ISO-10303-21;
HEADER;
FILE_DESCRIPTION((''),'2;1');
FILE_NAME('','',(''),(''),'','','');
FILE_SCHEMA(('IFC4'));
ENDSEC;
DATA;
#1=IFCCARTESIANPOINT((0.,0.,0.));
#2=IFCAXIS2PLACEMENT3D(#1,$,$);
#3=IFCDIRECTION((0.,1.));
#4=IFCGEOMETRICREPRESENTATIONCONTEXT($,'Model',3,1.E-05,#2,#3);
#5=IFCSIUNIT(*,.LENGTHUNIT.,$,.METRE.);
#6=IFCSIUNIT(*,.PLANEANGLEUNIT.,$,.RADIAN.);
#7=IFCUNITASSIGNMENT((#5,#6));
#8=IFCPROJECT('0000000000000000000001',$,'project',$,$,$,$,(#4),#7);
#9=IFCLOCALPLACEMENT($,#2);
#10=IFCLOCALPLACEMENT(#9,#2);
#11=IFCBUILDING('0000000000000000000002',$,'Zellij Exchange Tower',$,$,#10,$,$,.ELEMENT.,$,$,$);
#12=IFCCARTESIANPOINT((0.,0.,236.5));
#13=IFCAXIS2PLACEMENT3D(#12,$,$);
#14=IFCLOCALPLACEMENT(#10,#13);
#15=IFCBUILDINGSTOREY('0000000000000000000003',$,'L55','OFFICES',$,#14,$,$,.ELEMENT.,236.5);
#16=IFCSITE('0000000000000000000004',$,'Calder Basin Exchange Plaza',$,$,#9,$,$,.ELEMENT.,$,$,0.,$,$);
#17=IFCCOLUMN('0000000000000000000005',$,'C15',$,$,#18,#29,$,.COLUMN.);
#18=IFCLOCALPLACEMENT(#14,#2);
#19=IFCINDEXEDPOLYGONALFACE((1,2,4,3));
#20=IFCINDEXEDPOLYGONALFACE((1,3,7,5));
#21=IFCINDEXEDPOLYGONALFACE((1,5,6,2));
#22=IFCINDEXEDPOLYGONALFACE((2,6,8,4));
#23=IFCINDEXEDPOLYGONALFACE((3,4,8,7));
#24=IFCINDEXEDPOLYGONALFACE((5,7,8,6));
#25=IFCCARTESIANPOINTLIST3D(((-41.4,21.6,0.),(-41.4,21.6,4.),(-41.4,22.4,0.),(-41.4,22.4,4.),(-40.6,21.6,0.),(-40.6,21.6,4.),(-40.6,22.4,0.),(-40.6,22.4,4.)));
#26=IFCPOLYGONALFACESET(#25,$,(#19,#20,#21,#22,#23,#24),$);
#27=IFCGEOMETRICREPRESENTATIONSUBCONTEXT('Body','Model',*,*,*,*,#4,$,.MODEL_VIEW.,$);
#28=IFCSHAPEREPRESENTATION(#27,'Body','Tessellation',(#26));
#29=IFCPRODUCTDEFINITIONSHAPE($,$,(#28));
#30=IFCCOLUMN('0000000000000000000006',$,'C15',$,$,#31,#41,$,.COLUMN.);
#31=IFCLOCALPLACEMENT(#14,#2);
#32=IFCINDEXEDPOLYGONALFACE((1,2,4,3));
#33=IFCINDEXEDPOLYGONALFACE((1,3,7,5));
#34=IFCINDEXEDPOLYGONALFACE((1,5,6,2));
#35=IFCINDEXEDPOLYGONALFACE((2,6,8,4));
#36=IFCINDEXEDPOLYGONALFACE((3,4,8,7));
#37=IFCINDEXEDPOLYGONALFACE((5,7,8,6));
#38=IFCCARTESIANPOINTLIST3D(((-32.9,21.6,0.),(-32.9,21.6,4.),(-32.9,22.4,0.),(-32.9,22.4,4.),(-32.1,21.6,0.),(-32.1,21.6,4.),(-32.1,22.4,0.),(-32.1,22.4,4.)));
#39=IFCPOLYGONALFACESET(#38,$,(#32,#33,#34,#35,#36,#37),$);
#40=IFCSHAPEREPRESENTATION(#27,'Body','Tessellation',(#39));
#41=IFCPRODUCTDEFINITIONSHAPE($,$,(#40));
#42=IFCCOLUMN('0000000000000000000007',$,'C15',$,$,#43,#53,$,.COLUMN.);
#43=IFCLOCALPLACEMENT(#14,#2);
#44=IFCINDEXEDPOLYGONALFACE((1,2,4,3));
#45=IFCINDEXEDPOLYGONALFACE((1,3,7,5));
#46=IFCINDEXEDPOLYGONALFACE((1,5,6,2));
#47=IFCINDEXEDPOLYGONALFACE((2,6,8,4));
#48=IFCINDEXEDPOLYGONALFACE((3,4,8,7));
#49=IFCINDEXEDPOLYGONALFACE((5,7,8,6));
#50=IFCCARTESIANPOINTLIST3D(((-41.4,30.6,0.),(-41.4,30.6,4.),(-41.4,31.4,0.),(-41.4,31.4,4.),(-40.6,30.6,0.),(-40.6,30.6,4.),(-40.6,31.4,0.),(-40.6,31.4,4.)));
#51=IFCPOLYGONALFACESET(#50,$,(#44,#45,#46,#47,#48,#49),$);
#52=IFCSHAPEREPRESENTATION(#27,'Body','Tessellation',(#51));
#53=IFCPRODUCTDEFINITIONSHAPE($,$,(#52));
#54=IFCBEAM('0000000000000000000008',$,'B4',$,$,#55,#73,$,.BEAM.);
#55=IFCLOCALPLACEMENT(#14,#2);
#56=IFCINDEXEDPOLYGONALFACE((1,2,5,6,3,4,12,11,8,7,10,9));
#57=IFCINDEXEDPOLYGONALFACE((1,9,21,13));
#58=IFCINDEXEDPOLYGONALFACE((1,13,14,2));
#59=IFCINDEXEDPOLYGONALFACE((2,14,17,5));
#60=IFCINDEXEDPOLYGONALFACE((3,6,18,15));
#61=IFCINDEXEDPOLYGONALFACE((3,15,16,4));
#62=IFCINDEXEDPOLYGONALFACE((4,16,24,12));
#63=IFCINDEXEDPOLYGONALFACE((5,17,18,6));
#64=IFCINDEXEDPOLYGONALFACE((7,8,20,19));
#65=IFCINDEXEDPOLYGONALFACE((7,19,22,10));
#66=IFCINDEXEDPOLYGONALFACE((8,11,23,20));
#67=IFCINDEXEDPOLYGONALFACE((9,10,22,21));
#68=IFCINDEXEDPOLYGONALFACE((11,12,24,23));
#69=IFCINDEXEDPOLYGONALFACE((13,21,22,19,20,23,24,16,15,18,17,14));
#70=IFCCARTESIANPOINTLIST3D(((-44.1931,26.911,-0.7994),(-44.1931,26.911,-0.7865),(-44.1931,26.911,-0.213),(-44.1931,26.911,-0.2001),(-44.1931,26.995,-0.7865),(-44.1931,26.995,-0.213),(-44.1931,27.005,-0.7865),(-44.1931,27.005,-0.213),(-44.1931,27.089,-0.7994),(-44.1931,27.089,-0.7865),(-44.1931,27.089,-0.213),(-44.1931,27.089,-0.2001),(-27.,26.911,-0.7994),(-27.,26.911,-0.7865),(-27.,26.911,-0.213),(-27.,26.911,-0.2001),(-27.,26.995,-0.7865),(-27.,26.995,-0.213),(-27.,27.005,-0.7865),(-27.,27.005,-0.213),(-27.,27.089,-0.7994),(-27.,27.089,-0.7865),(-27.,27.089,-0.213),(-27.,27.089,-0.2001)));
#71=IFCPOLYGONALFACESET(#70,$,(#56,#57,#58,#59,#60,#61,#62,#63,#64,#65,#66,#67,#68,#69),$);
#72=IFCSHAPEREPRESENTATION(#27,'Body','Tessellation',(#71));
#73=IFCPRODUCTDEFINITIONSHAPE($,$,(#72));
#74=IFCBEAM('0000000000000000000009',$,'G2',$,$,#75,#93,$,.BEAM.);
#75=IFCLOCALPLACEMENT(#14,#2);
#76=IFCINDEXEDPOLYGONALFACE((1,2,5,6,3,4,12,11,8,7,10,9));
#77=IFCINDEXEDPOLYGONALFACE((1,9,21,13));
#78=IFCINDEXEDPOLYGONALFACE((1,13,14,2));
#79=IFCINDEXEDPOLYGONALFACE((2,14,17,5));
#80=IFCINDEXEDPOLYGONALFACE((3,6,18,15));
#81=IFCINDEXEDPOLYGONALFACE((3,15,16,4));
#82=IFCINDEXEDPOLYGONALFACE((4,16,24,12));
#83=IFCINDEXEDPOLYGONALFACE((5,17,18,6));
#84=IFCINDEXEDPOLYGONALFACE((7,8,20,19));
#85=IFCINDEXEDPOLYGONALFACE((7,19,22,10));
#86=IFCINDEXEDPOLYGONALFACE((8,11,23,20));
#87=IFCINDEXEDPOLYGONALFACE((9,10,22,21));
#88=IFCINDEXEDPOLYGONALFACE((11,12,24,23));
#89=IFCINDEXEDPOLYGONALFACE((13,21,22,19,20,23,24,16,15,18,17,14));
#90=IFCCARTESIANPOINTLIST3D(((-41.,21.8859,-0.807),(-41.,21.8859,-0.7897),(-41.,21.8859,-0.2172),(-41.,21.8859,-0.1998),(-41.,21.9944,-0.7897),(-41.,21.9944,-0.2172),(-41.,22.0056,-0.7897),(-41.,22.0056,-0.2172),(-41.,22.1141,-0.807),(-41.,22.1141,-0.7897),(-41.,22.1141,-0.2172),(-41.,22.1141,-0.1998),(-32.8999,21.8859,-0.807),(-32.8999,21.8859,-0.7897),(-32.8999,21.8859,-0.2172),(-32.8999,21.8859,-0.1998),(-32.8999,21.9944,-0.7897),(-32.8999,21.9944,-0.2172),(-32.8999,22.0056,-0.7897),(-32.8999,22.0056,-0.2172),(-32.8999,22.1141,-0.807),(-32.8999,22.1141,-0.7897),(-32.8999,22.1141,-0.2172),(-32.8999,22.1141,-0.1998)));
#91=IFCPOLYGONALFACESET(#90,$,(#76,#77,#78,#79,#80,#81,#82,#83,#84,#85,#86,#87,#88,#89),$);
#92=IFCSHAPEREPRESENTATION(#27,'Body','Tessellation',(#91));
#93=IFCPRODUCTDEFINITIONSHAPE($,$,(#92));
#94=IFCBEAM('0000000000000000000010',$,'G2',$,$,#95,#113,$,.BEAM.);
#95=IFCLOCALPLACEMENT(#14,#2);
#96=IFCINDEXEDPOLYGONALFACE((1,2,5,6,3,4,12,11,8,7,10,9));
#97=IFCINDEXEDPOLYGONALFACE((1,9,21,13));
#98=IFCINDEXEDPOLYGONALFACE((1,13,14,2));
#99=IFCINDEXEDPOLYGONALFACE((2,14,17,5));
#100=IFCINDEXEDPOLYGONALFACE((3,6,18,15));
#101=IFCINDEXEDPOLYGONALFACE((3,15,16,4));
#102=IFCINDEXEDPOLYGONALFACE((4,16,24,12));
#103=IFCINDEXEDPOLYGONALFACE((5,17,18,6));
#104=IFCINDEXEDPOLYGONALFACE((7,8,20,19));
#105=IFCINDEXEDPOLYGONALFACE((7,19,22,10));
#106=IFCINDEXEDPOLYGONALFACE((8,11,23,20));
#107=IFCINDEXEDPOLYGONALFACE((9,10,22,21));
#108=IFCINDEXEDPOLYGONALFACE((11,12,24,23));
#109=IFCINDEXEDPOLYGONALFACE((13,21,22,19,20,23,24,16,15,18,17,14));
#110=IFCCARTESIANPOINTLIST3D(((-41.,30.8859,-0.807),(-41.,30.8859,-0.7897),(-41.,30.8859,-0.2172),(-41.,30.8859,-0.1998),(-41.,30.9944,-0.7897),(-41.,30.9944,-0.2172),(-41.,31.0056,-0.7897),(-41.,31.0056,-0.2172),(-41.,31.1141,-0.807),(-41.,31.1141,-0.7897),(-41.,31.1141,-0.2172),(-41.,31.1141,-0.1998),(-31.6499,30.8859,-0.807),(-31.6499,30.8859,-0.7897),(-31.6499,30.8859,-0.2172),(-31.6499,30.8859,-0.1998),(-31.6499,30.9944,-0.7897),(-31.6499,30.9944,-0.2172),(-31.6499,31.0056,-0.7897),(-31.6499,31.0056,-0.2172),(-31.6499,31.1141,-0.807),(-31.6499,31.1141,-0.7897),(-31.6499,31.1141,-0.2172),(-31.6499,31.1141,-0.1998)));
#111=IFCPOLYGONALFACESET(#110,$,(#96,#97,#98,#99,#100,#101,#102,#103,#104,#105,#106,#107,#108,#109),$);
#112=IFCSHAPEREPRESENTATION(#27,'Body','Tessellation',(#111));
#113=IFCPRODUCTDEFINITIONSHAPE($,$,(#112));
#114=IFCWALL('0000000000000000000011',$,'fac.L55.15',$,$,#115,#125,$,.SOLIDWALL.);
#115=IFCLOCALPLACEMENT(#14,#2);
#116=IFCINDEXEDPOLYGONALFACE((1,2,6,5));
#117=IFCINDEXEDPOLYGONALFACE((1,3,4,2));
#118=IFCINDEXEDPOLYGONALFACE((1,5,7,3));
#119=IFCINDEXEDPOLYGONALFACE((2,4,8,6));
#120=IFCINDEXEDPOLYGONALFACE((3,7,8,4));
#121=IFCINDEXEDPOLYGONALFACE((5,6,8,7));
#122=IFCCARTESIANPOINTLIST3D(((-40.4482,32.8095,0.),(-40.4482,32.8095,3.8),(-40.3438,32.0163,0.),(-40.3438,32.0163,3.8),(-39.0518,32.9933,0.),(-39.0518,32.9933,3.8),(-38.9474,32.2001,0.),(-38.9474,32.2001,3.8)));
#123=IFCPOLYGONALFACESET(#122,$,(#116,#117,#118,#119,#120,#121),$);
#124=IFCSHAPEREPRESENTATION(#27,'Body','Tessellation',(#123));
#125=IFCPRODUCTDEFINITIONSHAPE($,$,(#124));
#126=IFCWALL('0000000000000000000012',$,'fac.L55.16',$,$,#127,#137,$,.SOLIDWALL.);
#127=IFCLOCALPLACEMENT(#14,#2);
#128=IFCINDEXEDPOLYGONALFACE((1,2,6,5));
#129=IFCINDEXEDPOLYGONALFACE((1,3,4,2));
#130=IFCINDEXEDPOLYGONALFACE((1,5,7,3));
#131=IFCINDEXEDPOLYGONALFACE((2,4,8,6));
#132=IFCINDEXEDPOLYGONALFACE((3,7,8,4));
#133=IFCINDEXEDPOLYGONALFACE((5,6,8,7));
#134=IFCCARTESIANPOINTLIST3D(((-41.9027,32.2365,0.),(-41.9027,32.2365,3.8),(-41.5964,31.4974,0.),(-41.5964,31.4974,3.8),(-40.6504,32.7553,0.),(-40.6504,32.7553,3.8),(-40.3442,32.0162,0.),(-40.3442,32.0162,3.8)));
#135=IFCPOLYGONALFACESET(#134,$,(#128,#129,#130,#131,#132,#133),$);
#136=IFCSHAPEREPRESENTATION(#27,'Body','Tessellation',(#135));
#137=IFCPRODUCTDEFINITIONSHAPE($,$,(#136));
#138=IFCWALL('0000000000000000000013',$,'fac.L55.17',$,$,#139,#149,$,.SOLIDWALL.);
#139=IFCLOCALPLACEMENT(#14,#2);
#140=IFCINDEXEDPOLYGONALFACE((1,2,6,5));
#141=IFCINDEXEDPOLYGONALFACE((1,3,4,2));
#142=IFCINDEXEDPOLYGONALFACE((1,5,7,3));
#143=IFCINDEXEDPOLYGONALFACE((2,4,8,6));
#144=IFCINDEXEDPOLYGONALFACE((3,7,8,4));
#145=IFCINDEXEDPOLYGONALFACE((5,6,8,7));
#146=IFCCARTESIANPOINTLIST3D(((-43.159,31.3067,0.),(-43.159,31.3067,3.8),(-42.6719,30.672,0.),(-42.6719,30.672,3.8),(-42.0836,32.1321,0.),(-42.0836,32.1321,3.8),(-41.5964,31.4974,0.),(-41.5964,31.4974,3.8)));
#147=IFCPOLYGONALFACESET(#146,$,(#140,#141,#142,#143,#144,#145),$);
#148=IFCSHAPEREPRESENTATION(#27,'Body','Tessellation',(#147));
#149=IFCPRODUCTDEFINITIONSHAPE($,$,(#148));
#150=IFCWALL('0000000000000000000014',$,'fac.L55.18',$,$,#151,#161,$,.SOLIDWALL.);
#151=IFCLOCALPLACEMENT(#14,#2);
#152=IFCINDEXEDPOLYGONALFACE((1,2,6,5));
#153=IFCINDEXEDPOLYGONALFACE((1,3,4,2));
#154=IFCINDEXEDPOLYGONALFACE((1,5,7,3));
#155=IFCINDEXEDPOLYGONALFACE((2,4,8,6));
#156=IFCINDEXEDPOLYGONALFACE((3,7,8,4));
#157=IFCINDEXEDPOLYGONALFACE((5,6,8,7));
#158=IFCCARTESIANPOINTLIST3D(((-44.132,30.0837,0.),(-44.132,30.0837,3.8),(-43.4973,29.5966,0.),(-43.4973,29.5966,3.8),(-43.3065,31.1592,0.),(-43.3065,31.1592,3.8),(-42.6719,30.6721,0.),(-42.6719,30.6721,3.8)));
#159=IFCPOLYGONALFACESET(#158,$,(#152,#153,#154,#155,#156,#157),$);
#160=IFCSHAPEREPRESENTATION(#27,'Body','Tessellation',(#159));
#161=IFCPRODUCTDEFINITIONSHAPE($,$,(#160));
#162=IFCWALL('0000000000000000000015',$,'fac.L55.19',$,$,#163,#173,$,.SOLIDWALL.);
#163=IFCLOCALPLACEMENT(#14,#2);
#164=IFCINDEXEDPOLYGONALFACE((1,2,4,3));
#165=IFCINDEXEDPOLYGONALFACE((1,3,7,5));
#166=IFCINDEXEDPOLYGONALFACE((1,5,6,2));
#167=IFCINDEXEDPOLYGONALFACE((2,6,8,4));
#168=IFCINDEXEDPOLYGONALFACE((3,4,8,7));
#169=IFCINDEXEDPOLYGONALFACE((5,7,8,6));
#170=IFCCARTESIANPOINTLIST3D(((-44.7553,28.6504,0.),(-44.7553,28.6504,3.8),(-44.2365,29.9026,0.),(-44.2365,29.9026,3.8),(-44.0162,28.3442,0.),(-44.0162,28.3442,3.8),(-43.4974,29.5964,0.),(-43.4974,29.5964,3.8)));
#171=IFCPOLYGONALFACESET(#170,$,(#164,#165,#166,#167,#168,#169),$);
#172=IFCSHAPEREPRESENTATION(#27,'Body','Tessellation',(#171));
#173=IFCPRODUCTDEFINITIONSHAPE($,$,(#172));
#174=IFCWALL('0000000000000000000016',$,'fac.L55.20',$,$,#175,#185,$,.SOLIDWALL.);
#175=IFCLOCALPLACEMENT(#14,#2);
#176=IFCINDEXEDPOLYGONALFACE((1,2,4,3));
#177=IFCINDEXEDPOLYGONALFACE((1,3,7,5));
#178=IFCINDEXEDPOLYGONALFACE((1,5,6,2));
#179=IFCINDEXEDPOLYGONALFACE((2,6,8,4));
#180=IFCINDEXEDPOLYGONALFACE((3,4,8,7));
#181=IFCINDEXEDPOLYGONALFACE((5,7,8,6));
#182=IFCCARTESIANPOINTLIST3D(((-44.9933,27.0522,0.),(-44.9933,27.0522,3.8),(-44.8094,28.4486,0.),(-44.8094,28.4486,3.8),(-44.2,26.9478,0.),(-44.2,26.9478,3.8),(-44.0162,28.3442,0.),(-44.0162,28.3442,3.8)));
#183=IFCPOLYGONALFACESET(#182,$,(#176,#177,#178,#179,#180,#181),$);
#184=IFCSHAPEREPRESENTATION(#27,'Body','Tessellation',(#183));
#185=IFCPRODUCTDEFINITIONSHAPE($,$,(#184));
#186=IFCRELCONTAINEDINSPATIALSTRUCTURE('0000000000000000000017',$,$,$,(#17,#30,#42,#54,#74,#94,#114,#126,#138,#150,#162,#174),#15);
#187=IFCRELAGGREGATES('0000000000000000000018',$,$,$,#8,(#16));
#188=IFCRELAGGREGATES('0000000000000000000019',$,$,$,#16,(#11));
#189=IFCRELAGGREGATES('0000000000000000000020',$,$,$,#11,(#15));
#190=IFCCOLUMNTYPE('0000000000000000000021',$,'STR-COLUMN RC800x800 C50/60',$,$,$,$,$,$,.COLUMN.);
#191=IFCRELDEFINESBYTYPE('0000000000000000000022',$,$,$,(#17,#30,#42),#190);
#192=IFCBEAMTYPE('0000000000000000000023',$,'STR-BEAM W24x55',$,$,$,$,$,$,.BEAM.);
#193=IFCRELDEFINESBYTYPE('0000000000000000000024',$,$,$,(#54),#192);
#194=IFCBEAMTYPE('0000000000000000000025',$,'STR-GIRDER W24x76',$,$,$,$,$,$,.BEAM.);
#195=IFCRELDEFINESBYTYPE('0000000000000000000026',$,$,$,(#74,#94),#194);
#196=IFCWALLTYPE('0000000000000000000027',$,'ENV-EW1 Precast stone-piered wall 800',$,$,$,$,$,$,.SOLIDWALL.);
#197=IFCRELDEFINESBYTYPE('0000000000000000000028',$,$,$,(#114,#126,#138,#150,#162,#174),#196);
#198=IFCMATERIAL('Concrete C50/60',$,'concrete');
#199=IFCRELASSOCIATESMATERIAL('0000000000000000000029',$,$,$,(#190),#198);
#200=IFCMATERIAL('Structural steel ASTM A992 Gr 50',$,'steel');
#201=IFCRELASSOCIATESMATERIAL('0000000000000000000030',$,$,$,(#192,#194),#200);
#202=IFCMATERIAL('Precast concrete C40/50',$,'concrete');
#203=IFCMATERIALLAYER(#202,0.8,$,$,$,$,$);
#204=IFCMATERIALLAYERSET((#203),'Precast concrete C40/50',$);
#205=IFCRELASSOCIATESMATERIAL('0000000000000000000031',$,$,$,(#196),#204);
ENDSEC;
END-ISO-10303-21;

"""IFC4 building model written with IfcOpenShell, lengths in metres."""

from ifc_helpers import new_model, si_unit, direction, frame, frame_2d, origin, origin_2d, place, context, subcontext, project, spatial, rectangle, i_section, extrude, material, layer, layer_set, material_profile, profile_set, type_object, element, save


model = new_model("IFC4")

# Units and contexts
model_context = context("Model", 3, precision=1e-05, world=origin(), true_north=direction((0.0, 1.0)))
body_context = subcontext(model_context, "Body", "Model", "MODEL_VIEW")
ifc_project = project(units=[si_unit("LENGTHUNIT", "METRE"), si_unit("PLANEANGLEUNIT", "RADIAN")], contexts=[model_context])

# Site, building, storey
site_placement = place(None, origin())
site = spatial("IfcSite", under=ifc_project, at=site_placement, Name="Calder Basin Exchange Plaza", CompositionType="ELEMENT", RefElevation=0.0)
building_placement = place(site_placement, origin())
building = spatial("IfcBuilding", under=site, at=building_placement, Name="Zellij Exchange Tower", CompositionType="ELEMENT")
storey_placement = place(building_placement, frame((0.0, 0.0, 236.5)))
storey = spatial("IfcBuildingStorey", under=building, at=storey_placement, Name="L55", Description="OFFICES", CompositionType="ELEMENT", Elevation=236.5)

# Columns
ifc_material_1 = material(Name="Concrete C50/60", Category="concrete")
ifc_material_profile_1 = material_profile(ifc_material_1, rectangle(XDim=0.8, YDim=0.8, at=origin_2d()), Name="STR-COLUMN RC800x800 C50/60")
ifc_profile_set_1 = profile_set([ifc_material_profile_1], Name="Concrete C50/60")
column_type = type_object("IfcColumnType", Name="STR-COLUMN RC800x800 C50/60", PredefinedType="COLUMN", material=ifc_profile_set_1)
for number, where, z_axis, x_axis, name in (
    (1, (-41.0, 22.0, 0.0), (0.0, 0.0, 1.0), (1.0, 0.0, 0.0), "C15"),
    (2, (-32.5, 22.0, 0.0), (0.0, 0.0, 1.0), (1.0, 0.0, 0.0), "C15"),
    (3, (-41.0, 31.0, 0.0), (0.0, 0.0, 1.0), (1.0, 0.0, 0.0), "C15"),
):
    element("IfcColumn", number, at=place(storey_placement, frame(where, z_axis=z_axis, x_axis=x_axis)), inside=storey, type_object=column_type, Name=name, PredefinedType="COLUMN", context=body_context, shape_type="SweptSolid", body=[
        extrude(rectangle(XDim=0.8, YDim=0.8, at=origin_2d()), origin(), (0.0, 0.0, 1.0), 4.0),
    ])

# Beams
ifc_material_2 = material(Name="Structural steel ASTM A992 Gr 50", Category="steel")
ifc_material_profile_2 = material_profile(ifc_material_2, i_section(OverallWidth=0.178, OverallDepth=0.5994, WebThickness=0.01, FlangeThickness=0.0129, at=origin_2d()), Name="W24x55")
ifc_profile_set_2 = profile_set([ifc_material_profile_2], Name="Structural steel ASTM A992 Gr 50")
beam_type_1 = type_object("IfcBeamType", Name="STR-BEAM W24x55", PredefinedType="BEAM", material=ifc_profile_set_2)
beam_1_placement = place(storey_placement, frame((-44.1931, 27.0, -0.4998), z_axis=(1.0, 0.0, 0.0), x_axis=(0.0, 1.0, 0.0)))
element("IfcBeam", 4, at=beam_1_placement, inside=storey, type_object=beam_type_1, Name="B4", PredefinedType="BEAM", context=body_context, shape_type="SweptSolid", body=[
    extrude(i_section(OverallWidth=0.178, OverallDepth=0.5994, WebThickness=0.01, FlangeThickness=0.0129, at=origin_2d()), origin(), (0.0, 0.0, 1.0), 17.1931),
])
ifc_material_profile_3 = material_profile(ifc_material_2, i_section(OverallWidth=0.2283, OverallDepth=0.6072, WebThickness=0.0112, FlangeThickness=0.0173, at=origin_2d()), Name="W24x76")
ifc_profile_set_3 = profile_set([ifc_material_profile_3], Name="Structural steel ASTM A992 Gr 50")
beam_type_2 = type_object("IfcBeamType", Name="STR-GIRDER W24x76", PredefinedType="BEAM", material=ifc_profile_set_3)
beam_2_placement = place(storey_placement, frame((-41.0, 22.0, -0.5034), z_axis=(1.0, 0.0, 0.0), x_axis=(0.0, 1.0, 0.0)))
element("IfcBeam", 5, at=beam_2_placement, inside=storey, type_object=beam_type_2, Name="G2", PredefinedType="BEAM", context=body_context, shape_type="SweptSolid", body=[
    extrude(i_section(OverallWidth=0.2283, OverallDepth=0.6072, WebThickness=0.0112, FlangeThickness=0.0173, at=origin_2d()), origin(), (0.0, 0.0, 1.0), 8.1001),
])
beam_3_placement = place(storey_placement, frame((-41.0, 31.0, -0.5034), z_axis=(1.0, 0.0, 0.0), x_axis=(0.0, 1.0, 0.0)))
element("IfcBeam", 6, at=beam_3_placement, inside=storey, type_object=beam_type_2, Name="G2", PredefinedType="BEAM", context=body_context, shape_type="SweptSolid", body=[
    extrude(i_section(OverallWidth=0.2283, OverallDepth=0.6072, WebThickness=0.0112, FlangeThickness=0.0173, at=origin_2d()), origin(), (0.0, 0.0, 1.0), 9.3501),
])

# Walls
ifc_material_3 = material(Name="Precast concrete C40/50", Category="concrete")
ifc_layer_1 = layer(ifc_material_3, 0.8)
ifc_layer_set_1 = layer_set([ifc_layer_1], Name="Precast concrete C40/50")
wall_type_1 = type_object("IfcWallType", Name="ENV-EW1 Precast stone-piered wall 800", PredefinedType="SOLIDWALL", material=ifc_layer_set_1)
wall_1_placement = place(storey_placement, frame((-38.9998, 32.5967, 0.0), z_axis=(0.0, 0.0, 1.0), x_axis=(-0.991446, -0.130517, 0.0)))
element("IfcWall", 7, at=wall_1_placement, inside=storey, type_object=wall_type_1, Name="fac.L55.15", PredefinedType="SOLIDWALL", context=body_context, shape_type="SweptSolid", body=[
    extrude(rectangle(XDim=1.4084, YDim=0.8, at=frame_2d((0.7041, 0.0))), origin(), (0.0, 0.0, 1.0), 3.8),
])
wall_2_placement = place(storey_placement, frame((-40.4973, 32.3857, 0.0), z_axis=(0.0, 0.0, 1.0), x_axis=(-0.923848, -0.38276, 0.0)))
element("IfcWall", 8, at=wall_2_placement, inside=storey, type_object=wall_type_1, Name="fac.L55.16", PredefinedType="SOLIDWALL", context=body_context, shape_type="SweptSolid", body=[
    extrude(rectangle(XDim=1.3555, YDim=0.8, at=frame_2d((0.6777, 0.0))), origin(), (0.0, 0.0, 1.0), 3.8),
])
for number, where, z_axis, x_axis, name in (
    (9, (-41.8401, 31.8147, 0.0), (0.0, 0.0, 1.0), (-0.793273, -0.608866, 0.0), "fac.L55.17"),
    (10, (-42.9893, 30.9155, 0.0), (0.0, 0.0, 1.0), (-0.608866, -0.793273, 0.0), "fac.L55.18"),
):
    element("IfcWall", number, at=place(storey_placement, frame(where, z_axis=z_axis, x_axis=x_axis)), inside=storey, type_object=wall_type_1, Name=name, PredefinedType="SOLIDWALL", context=body_context, shape_type="SweptSolid", body=[
        extrude(rectangle(XDim=1.3557, YDim=0.8, at=frame_2d((0.6777, 0.0))), origin(), (0.0, 0.0, 1.0), 3.8),
    ])
wall_3_placement = place(storey_placement, frame((-43.8669, 29.7495, 0.0), z_axis=(0.0, 0.0, 1.0), x_axis=(-0.38276, -0.923848, 0.0)))
element("IfcWall", 11, at=wall_3_placement, inside=storey, type_object=wall_type_1, Name="fac.L55.19", PredefinedType="SOLIDWALL", context=body_context, shape_type="SweptSolid", body=[
    extrude(rectangle(XDim=1.3555, YDim=0.8, at=frame_2d((0.6777, 0.0))), origin(), (0.0, 0.0, 1.0), 3.8),
])
wall_4_placement = place(storey_placement, frame((-44.4128, 28.3962, 0.0), z_axis=(0.0, 0.0, 1.0), x_axis=(-0.130517, -0.991446, 0.0)))
element("IfcWall", 12, at=wall_4_placement, inside=storey, type_object=wall_type_1, Name="fac.L55.20", PredefinedType="SOLIDWALL", context=body_context, shape_type="SweptSolid", body=[
    extrude(rectangle(XDim=1.4084, YDim=0.8, at=frame_2d((0.7041, 0.0))), origin(), (0.0, 0.0, 1.0), 3.8),
])

save(model, "model.ifc")
